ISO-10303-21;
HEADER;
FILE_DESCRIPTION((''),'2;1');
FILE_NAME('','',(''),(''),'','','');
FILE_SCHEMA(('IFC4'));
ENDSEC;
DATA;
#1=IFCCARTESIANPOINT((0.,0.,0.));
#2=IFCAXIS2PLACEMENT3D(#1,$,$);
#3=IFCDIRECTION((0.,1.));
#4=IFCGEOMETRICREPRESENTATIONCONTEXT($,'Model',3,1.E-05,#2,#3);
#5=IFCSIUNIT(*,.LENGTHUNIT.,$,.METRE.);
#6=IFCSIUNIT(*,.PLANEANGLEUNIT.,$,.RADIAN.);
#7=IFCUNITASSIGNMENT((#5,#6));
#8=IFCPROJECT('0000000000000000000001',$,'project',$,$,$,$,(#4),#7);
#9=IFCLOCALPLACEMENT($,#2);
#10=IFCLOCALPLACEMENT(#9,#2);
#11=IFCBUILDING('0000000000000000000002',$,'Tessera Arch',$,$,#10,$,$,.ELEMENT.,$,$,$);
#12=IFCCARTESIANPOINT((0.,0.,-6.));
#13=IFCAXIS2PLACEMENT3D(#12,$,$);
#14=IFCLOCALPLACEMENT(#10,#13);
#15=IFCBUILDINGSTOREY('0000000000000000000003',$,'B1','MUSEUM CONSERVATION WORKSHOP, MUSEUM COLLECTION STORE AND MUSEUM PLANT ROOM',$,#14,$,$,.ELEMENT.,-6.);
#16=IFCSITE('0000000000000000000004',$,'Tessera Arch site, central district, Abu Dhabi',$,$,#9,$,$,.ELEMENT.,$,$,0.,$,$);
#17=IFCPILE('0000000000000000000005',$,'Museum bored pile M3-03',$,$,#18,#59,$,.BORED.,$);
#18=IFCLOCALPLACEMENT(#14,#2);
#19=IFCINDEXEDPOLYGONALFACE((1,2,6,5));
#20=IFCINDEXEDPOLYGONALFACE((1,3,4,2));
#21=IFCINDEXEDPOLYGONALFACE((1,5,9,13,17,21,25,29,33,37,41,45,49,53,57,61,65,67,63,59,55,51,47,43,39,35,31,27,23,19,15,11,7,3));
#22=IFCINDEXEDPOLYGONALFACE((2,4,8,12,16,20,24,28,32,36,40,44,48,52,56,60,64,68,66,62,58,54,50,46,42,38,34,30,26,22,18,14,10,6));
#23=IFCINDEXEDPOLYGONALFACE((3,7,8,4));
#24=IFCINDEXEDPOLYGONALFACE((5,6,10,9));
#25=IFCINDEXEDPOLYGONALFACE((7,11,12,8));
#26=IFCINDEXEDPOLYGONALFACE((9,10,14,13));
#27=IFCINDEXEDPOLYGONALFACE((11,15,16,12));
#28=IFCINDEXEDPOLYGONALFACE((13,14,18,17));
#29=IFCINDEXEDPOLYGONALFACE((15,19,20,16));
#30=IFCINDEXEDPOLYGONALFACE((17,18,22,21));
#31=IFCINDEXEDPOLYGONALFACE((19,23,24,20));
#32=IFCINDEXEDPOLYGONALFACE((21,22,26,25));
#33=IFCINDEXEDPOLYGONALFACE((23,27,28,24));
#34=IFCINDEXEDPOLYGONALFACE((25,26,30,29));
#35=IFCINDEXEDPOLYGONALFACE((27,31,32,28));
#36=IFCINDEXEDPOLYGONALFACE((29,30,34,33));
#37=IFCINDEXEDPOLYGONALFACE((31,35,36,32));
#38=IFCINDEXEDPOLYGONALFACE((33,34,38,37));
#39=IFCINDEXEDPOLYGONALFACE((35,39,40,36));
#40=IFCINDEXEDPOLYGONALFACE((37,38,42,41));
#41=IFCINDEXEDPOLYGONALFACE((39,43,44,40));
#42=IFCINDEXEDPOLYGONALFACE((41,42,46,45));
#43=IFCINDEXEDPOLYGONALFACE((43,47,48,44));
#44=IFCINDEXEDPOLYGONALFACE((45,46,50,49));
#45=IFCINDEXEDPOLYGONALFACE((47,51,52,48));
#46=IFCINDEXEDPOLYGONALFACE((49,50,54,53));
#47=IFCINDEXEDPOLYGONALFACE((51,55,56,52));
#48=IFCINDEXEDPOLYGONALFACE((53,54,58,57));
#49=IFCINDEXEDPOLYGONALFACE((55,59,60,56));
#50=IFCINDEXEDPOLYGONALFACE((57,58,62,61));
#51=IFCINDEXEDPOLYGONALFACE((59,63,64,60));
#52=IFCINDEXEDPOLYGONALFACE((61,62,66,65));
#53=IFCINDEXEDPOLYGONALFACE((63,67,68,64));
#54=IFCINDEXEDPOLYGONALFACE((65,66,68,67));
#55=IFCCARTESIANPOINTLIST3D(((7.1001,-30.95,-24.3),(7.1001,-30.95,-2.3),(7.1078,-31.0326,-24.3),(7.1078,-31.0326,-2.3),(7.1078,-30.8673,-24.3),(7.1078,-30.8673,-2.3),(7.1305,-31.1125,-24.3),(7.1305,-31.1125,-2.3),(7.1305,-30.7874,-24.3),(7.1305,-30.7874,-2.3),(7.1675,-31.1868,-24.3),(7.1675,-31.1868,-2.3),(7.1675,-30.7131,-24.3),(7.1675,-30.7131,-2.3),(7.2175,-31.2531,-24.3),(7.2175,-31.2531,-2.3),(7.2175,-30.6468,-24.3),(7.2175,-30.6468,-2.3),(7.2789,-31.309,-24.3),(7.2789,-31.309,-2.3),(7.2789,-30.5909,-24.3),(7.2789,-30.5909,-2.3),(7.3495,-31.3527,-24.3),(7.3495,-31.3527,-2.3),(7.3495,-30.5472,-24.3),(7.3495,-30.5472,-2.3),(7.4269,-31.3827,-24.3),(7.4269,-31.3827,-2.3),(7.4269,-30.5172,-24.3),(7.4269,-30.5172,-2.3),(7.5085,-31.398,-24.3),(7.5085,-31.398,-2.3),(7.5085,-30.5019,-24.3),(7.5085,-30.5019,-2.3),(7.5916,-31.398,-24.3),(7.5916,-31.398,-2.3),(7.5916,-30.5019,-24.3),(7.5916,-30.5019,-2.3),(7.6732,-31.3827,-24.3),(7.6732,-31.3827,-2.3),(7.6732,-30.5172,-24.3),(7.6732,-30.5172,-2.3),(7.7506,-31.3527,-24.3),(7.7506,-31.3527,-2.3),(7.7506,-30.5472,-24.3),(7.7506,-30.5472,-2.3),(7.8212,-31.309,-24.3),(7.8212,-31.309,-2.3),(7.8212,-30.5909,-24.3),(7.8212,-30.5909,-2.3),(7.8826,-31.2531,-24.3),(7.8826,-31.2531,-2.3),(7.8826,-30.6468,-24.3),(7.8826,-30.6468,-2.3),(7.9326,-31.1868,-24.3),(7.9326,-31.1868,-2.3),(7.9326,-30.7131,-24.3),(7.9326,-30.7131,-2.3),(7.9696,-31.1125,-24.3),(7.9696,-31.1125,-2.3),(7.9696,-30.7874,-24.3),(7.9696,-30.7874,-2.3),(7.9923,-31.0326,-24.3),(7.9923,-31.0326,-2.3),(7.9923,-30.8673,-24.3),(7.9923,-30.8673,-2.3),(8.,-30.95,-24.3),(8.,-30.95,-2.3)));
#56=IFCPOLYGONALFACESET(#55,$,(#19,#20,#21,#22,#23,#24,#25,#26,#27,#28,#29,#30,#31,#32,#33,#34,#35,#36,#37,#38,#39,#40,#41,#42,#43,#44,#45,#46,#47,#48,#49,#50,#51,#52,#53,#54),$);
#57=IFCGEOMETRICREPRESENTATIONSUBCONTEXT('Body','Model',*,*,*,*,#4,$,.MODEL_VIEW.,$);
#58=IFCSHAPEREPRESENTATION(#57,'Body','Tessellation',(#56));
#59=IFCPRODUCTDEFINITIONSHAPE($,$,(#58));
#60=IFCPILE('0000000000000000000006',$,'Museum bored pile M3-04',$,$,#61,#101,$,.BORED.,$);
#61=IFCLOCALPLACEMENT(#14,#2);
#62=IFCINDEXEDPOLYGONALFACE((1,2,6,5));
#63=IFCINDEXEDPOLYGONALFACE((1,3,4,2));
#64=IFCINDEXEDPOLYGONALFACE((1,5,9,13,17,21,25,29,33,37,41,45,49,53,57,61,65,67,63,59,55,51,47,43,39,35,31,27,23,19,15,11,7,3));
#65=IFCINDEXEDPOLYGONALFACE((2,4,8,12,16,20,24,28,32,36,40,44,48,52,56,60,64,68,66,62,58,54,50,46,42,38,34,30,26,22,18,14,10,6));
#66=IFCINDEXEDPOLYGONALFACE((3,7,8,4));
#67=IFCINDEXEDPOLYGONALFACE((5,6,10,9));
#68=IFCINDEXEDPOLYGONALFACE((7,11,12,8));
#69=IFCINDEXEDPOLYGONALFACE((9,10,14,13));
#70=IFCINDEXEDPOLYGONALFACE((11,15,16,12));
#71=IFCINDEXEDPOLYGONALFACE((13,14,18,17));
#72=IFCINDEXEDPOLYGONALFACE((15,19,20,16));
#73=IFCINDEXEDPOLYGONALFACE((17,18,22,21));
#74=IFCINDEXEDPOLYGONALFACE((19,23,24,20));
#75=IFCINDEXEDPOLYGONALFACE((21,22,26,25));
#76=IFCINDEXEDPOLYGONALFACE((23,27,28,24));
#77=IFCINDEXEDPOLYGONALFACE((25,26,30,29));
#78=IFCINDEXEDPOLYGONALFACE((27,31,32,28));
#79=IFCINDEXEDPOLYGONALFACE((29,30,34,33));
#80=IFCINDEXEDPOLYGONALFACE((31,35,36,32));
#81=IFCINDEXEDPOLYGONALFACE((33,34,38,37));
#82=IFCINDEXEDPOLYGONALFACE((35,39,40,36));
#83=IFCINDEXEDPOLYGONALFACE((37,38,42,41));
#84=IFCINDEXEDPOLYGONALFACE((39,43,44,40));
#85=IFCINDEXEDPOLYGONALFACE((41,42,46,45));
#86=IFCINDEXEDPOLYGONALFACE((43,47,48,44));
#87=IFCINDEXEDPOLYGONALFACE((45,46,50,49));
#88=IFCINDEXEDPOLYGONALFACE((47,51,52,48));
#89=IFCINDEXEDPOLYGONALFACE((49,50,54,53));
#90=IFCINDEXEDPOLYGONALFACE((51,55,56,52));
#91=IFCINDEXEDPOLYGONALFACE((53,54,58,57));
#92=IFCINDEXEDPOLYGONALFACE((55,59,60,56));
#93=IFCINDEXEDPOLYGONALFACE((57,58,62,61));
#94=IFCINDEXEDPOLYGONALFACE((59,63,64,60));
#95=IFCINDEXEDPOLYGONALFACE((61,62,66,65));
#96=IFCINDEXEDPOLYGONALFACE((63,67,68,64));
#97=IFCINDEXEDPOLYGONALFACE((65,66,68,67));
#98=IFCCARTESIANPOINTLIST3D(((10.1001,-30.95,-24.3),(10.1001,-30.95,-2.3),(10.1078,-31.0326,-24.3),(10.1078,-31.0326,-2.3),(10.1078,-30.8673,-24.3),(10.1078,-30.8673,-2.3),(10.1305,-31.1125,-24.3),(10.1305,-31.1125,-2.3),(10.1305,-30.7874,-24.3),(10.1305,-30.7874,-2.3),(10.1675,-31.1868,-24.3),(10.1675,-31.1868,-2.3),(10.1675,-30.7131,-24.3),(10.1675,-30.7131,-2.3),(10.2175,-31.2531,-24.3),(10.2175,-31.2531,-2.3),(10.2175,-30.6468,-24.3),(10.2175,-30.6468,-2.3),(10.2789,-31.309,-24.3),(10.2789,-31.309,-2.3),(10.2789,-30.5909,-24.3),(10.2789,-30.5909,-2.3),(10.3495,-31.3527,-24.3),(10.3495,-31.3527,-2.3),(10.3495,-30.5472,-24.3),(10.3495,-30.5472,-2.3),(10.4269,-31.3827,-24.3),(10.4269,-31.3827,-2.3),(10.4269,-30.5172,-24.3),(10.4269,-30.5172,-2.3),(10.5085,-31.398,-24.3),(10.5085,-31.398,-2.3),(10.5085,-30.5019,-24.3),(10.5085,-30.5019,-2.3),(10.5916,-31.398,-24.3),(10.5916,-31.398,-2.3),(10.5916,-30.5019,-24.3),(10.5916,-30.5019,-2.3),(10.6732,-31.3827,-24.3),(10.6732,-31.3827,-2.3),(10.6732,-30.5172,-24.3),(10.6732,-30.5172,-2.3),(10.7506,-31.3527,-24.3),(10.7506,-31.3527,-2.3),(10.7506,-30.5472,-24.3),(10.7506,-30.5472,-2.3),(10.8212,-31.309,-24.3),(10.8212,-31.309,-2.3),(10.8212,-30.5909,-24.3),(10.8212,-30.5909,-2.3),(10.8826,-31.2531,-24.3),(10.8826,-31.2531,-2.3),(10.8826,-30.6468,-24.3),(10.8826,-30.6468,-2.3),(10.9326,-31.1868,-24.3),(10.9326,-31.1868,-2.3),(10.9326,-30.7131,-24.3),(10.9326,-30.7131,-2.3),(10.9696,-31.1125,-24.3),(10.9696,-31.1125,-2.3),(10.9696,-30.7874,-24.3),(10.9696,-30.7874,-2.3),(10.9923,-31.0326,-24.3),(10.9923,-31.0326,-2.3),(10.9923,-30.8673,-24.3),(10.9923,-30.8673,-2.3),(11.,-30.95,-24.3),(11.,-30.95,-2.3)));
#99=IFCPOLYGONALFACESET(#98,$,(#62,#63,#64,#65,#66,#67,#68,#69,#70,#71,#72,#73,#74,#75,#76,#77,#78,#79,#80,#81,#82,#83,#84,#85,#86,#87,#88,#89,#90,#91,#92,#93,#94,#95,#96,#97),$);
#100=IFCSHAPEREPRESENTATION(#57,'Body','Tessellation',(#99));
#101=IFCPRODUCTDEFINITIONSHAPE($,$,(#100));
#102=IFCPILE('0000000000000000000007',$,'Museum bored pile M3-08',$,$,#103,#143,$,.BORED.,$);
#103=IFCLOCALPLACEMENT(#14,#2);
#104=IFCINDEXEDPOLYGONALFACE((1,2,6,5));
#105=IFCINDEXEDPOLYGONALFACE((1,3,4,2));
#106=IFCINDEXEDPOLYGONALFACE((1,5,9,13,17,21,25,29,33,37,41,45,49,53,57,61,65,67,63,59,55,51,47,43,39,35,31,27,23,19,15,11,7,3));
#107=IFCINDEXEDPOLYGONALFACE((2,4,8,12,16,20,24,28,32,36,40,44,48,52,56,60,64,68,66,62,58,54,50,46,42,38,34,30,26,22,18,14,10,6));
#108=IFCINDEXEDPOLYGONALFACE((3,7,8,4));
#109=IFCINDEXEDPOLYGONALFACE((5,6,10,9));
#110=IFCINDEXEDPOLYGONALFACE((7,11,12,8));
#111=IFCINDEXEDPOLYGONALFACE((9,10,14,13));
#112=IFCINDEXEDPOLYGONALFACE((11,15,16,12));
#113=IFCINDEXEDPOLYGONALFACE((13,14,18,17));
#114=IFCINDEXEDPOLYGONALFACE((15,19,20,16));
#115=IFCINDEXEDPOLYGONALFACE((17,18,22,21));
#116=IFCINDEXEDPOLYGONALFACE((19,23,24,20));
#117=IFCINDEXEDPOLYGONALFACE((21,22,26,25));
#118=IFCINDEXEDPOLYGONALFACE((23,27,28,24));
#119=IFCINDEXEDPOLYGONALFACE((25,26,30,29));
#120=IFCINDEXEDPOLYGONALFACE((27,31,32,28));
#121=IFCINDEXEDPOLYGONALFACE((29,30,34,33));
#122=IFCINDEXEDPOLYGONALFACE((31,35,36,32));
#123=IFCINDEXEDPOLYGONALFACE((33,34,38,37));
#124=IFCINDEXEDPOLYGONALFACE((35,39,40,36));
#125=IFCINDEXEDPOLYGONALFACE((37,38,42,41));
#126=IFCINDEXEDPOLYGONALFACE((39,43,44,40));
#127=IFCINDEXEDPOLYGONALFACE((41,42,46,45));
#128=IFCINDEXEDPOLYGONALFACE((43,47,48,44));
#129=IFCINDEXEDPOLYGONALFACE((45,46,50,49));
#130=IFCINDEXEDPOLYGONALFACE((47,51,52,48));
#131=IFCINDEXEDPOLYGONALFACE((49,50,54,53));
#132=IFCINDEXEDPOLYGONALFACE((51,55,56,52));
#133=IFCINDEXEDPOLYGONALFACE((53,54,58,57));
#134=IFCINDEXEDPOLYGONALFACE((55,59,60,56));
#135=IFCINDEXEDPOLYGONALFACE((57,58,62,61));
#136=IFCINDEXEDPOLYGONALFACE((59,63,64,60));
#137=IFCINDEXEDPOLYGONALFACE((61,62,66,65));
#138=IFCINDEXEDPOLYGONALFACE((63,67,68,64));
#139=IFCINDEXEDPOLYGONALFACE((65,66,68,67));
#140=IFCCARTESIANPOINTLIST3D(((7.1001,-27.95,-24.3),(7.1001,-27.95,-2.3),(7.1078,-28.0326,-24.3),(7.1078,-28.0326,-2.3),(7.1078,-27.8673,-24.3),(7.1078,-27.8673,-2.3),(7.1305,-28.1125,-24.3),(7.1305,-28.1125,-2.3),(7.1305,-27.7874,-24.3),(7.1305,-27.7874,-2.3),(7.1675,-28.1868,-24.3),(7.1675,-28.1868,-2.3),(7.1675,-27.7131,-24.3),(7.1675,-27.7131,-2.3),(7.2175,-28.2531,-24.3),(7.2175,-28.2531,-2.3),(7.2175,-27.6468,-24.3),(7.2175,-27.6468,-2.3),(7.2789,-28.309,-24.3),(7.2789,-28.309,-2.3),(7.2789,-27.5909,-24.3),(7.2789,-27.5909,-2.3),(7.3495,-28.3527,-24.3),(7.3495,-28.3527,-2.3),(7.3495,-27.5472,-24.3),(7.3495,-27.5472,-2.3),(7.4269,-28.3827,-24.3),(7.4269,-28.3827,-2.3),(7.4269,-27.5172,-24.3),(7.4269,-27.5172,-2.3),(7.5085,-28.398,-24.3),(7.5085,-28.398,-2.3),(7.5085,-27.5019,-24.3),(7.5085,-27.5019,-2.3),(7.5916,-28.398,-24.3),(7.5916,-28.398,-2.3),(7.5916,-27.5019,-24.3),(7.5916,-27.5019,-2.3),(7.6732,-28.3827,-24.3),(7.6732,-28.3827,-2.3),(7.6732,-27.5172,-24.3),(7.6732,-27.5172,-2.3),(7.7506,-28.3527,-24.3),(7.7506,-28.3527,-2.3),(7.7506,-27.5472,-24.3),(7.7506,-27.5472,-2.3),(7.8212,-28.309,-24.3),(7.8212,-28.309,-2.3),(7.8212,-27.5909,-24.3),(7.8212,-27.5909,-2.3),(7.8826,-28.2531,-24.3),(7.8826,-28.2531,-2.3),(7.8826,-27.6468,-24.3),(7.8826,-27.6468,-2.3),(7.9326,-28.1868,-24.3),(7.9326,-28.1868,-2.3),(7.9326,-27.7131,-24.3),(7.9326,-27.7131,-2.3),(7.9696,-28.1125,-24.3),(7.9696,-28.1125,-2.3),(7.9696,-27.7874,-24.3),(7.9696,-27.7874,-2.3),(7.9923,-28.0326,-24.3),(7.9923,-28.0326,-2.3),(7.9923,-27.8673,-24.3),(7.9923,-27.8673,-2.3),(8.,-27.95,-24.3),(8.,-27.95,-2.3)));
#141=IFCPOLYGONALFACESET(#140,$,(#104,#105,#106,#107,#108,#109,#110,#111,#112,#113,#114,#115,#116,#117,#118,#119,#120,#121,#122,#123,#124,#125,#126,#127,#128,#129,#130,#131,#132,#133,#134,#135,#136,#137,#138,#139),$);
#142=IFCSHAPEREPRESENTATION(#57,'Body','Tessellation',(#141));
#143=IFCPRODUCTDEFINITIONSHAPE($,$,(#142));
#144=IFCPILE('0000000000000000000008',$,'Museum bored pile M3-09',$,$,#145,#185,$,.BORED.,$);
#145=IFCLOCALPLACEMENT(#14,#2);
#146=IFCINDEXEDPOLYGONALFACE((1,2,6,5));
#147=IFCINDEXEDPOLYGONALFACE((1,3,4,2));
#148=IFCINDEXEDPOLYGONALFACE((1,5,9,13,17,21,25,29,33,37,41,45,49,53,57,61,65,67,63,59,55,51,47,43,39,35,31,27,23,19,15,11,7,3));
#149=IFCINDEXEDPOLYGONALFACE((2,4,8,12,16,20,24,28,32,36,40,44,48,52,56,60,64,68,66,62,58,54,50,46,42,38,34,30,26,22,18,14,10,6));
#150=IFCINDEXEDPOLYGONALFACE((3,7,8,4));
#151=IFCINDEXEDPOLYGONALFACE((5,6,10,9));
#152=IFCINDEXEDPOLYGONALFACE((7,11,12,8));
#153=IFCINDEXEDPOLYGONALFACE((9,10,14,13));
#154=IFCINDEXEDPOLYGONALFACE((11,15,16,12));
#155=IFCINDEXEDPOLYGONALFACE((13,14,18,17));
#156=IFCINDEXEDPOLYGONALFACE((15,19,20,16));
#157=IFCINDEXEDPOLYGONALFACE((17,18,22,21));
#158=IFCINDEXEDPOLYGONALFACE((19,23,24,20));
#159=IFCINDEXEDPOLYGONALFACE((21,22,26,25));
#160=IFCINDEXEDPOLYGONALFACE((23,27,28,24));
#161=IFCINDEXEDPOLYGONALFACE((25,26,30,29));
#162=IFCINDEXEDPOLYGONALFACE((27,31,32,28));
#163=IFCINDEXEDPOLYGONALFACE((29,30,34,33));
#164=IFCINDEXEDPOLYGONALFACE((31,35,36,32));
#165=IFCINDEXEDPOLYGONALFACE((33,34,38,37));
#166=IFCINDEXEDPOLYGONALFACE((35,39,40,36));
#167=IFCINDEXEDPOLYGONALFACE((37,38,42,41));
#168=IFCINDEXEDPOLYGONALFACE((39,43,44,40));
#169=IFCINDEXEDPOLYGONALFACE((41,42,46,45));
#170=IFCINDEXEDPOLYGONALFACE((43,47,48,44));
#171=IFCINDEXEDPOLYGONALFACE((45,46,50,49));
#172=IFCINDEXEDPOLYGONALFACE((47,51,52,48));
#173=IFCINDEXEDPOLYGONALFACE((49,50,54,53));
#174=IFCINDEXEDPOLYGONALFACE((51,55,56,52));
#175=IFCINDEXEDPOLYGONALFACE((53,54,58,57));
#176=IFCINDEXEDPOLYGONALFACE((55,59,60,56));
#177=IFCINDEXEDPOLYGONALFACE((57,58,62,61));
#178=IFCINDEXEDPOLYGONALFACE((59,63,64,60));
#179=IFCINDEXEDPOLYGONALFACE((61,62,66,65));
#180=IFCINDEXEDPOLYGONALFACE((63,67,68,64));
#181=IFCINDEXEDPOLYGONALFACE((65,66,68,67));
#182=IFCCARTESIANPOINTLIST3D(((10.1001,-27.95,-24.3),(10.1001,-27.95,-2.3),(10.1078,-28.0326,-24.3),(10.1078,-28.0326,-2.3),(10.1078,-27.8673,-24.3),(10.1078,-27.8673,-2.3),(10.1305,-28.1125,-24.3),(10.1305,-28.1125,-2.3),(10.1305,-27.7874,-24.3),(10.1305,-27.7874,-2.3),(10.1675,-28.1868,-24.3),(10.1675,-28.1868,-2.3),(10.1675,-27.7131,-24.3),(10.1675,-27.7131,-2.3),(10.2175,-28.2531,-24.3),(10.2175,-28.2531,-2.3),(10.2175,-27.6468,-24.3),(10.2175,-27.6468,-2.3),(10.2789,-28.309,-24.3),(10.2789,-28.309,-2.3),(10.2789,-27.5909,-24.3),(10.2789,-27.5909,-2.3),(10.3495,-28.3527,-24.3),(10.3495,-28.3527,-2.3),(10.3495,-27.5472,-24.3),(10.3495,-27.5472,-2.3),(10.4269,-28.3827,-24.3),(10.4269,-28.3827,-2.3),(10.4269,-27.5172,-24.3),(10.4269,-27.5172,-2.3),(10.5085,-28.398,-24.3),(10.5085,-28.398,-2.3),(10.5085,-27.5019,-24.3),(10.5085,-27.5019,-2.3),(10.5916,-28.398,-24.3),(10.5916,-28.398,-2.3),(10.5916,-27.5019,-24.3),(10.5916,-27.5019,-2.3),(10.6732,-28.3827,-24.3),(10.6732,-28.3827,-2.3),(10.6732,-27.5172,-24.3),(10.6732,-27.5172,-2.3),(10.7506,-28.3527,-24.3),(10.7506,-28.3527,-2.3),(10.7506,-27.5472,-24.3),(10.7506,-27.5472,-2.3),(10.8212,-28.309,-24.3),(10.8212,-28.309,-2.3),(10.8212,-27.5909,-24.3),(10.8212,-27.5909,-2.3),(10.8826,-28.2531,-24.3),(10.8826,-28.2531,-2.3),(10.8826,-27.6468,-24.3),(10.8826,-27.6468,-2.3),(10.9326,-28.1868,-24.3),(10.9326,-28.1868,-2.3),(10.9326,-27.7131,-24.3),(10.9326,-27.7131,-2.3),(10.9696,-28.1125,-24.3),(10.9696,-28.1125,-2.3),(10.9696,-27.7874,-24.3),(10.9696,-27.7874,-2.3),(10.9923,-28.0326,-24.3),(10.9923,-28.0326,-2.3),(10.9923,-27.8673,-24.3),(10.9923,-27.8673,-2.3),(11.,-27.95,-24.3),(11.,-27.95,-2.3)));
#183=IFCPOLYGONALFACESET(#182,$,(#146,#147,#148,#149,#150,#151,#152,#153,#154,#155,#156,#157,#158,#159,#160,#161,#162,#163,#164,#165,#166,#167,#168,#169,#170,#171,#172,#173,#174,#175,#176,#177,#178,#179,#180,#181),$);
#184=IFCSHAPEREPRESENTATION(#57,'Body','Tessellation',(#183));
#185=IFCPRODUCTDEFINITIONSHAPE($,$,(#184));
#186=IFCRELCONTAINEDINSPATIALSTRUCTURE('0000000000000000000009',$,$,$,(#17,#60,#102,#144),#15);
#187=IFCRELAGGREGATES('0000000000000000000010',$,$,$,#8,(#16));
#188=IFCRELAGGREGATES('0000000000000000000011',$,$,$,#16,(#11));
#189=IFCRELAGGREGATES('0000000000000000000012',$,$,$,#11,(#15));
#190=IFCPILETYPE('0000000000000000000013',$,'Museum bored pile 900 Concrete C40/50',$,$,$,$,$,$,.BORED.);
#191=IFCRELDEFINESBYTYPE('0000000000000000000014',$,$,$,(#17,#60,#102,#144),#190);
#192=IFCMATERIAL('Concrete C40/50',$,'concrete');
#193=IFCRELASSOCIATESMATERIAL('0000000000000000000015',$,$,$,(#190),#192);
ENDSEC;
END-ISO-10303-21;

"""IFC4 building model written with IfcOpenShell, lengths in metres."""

from ifc_helpers import new_model, si_unit, direction, frame, origin, origin_2d, place, context, subcontext, project, spatial, circle, extrude, material, type_object, element, save


model = new_model("IFC4")

# Units and contexts
model_context = context("Model", 3, precision=1e-05, world=origin(), true_north=direction((0.0, 1.0)))
body_context = subcontext(model_context, "Body", "Model", "MODEL_VIEW")
ifc_project = project(units=[si_unit("LENGTHUNIT", "METRE"), si_unit("PLANEANGLEUNIT", "RADIAN")], contexts=[model_context])

# Site, building, storey
site_placement = place(None, origin())
site = spatial("IfcSite", under=ifc_project, at=site_placement, Name="Tessera Arch site, central district, Abu Dhabi", CompositionType="ELEMENT", RefElevation=0.0)
building_placement = place(site_placement, origin())
building = spatial("IfcBuilding", under=site, at=building_placement, Name="Tessera Arch", CompositionType="ELEMENT")
storey_placement = place(building_placement, frame((0.0, 0.0, -6.0)))
storey = spatial("IfcBuildingStorey", under=building, at=storey_placement, Name="B1", Description="MUSEUM CONSERVATION WORKSHOP, MUSEUM COLLECTION STORE AND MUSEUM PLANT ROOM", CompositionType="ELEMENT", Elevation=-6.0)

# Piles
ifc_material_1 = material(Name="Concrete C40/50", Category="concrete")
pile_type = type_object("IfcPileType", Name="Museum bored pile 900 Concrete C40/50", PredefinedType="BORED", material=ifc_material_1)
for number, where, z_axis, x_axis, name in (
    (1, (7.55, -30.95, -2.3), (0.0, 0.0, -1.0), (1.0, 0.0, 0.0), "Museum bored pile M3-03"),
    (2, (10.55, -30.95, -2.3), (0.0, 0.0, -1.0), (1.0, 0.0, 0.0), "Museum bored pile M3-04"),
    (3, (7.55, -27.95, -2.3), (0.0, 0.0, -1.0), (1.0, 0.0, 0.0), "Museum bored pile M3-08"),
    (4, (10.55, -27.95, -2.3), (0.0, 0.0, -1.0), (1.0, 0.0, 0.0), "Museum bored pile M3-09"),
):
    element("IfcPile", number, at=place(storey_placement, frame(where, z_axis=z_axis, x_axis=x_axis)), inside=storey, type_object=pile_type, Name=name, PredefinedType="BORED", context=body_context, shape_type="SweptSolid", body=[
        extrude(circle(Radius=0.45, at=origin_2d()), origin(), (0.0, 0.0, 1.0), 22.0),
    ])

save(model, "model.ifc")
